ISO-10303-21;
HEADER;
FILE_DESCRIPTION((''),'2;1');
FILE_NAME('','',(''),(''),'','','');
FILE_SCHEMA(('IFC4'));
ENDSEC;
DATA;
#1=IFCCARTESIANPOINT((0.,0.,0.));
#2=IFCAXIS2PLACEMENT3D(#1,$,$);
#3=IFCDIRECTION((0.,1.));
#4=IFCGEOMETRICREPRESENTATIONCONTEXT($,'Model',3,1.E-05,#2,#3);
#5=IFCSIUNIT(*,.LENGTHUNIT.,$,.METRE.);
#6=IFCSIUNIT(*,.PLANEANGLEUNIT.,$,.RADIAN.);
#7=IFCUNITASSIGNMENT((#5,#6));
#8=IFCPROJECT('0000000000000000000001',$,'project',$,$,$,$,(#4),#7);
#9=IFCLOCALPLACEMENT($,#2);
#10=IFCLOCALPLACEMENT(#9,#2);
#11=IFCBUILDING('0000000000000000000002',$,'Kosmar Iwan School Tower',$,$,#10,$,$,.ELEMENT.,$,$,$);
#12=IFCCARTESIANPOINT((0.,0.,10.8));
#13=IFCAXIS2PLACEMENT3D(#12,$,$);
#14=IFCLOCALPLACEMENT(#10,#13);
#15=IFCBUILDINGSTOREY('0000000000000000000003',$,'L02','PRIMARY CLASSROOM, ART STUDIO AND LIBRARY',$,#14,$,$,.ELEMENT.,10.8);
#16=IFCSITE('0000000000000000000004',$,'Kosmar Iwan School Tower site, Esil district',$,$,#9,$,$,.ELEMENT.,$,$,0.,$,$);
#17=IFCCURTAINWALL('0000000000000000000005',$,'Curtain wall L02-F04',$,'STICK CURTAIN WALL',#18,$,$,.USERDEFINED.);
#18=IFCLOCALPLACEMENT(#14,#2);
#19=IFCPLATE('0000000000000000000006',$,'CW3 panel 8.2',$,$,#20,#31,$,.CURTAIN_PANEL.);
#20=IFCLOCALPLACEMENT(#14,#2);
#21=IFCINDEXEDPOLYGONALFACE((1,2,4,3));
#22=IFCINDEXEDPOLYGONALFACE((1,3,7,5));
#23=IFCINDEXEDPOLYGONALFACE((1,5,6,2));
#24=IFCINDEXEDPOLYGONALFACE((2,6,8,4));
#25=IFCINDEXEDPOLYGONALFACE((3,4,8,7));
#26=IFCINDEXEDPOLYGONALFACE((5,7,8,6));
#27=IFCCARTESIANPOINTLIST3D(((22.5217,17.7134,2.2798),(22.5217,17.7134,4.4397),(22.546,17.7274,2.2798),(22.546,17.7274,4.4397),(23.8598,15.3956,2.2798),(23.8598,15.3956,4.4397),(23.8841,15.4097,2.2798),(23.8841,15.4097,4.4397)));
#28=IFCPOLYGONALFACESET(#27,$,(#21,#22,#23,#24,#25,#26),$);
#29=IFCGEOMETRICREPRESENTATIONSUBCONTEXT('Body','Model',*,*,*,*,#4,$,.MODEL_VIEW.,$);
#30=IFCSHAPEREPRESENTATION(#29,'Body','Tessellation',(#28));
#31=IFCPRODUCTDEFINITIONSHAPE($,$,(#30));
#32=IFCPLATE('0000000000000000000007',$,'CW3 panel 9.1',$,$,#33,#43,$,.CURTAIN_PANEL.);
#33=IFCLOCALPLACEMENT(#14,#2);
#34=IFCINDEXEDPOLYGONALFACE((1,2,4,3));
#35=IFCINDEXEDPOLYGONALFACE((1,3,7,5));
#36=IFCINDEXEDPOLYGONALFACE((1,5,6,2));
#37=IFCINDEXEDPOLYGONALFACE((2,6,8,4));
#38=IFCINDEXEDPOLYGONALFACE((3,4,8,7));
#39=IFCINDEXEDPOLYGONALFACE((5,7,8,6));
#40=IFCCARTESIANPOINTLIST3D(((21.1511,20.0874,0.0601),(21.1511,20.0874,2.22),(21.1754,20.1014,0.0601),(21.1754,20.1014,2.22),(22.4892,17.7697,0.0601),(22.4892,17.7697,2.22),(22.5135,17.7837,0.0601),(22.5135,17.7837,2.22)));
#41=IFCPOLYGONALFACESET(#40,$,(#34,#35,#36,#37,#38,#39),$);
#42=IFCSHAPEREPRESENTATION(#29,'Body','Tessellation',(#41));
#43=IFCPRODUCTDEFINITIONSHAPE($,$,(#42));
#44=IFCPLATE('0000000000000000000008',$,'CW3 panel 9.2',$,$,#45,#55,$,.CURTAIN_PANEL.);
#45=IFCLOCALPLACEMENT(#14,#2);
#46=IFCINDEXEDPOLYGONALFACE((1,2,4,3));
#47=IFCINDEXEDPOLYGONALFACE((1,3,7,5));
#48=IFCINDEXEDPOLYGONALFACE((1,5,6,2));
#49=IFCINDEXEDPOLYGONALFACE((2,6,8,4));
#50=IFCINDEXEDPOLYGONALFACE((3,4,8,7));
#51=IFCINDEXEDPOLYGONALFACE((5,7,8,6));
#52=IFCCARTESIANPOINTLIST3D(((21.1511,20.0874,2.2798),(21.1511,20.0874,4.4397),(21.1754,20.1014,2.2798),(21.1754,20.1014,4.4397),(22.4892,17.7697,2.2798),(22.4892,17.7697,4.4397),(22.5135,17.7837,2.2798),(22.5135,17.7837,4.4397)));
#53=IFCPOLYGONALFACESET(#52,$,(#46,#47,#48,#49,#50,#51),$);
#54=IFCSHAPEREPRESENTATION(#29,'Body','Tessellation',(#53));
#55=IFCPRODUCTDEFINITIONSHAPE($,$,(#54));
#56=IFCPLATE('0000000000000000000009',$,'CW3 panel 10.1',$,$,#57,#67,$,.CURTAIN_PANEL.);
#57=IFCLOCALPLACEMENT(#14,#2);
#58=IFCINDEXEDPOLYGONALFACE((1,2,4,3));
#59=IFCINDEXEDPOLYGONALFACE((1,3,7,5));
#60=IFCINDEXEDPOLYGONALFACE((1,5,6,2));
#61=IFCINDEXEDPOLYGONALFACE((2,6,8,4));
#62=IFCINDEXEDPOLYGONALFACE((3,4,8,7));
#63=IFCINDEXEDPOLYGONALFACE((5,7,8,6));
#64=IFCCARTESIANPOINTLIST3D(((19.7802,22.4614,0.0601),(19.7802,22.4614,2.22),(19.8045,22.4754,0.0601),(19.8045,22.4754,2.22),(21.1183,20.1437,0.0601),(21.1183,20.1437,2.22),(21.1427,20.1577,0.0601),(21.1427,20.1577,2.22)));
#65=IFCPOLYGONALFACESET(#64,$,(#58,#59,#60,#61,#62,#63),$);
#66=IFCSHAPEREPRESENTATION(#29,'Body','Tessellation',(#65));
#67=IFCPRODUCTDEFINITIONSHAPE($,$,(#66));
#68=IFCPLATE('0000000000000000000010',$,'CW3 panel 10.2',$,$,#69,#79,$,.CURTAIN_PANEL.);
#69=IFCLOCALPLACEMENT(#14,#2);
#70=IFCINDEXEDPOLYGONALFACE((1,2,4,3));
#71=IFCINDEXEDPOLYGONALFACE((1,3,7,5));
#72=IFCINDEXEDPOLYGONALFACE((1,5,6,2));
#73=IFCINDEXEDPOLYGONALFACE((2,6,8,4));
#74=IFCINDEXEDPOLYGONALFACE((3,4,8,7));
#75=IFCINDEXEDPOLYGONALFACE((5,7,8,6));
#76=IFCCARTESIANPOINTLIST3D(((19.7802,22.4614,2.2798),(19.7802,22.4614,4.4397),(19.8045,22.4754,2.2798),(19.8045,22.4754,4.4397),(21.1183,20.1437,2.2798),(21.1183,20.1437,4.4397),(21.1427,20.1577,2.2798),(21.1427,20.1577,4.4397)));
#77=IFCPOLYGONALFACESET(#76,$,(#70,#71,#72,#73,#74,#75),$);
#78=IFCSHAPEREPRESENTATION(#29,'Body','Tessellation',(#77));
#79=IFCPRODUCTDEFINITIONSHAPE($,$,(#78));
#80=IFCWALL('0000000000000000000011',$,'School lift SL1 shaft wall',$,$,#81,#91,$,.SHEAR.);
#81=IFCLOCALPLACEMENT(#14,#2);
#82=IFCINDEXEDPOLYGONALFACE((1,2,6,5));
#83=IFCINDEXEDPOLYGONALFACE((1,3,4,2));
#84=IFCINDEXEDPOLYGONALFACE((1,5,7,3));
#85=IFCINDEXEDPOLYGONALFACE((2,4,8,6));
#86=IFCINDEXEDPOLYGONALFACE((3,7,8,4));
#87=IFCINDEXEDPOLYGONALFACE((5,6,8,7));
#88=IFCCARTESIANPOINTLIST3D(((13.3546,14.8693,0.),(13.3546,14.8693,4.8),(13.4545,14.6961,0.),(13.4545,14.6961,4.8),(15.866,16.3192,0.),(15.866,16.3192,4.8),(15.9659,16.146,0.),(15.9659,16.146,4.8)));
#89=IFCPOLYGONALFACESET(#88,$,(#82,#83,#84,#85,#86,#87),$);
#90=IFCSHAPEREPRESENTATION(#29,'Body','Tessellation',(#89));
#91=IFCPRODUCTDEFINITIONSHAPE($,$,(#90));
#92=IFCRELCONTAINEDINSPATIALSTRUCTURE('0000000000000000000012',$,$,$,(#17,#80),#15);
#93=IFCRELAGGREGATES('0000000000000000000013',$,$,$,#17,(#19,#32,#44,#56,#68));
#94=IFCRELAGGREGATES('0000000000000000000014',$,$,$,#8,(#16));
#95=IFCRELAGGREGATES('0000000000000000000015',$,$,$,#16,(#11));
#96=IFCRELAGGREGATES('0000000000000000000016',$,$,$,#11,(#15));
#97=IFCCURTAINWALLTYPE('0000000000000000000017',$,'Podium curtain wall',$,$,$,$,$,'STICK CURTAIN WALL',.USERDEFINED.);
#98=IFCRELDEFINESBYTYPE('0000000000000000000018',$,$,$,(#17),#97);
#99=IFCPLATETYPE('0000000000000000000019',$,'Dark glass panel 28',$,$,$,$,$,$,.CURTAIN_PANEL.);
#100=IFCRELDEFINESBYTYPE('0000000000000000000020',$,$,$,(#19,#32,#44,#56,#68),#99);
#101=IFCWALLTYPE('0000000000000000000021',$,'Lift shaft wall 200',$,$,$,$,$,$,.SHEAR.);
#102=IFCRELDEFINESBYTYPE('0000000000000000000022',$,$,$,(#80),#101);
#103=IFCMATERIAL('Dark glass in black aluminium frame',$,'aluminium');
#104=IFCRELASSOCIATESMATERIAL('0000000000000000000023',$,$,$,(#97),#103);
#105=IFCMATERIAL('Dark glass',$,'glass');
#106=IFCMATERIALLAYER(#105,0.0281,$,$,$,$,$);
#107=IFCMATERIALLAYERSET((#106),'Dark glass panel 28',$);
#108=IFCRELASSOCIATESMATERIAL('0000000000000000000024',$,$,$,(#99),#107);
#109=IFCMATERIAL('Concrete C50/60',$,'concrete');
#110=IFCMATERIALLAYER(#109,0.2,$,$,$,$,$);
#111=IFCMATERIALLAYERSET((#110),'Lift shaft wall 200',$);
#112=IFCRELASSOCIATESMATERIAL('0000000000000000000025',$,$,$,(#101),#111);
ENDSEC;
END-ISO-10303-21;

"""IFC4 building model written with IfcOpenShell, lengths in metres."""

from ifc_helpers import new_model, si_unit, direction, frame, frame_2d, origin, origin_2d, place, context, subcontext, project, spatial, rectangle, extrude, material, layer, layer_set, type_object, element, aggregate, save


model = new_model("IFC4")

# Units and contexts
model_context = context("Model", 3, precision=1e-05, world=origin(), true_north=direction((0.0, 1.0)))
body_context = subcontext(model_context, "Body", "Model", "MODEL_VIEW")
ifc_project = project(units=[si_unit("LENGTHUNIT", "METRE"), si_unit("PLANEANGLEUNIT", "RADIAN")], contexts=[model_context])

# Site, building, storey
site_placement = place(None, origin())
site = spatial("IfcSite", under=ifc_project, at=site_placement, Name="Kosmar Iwan School Tower site, Esil district", CompositionType="ELEMENT", RefElevation=0.0)
building_placement = place(site_placement, origin())
building = spatial("IfcBuilding", under=site, at=building_placement, Name="Kosmar Iwan School Tower", CompositionType="ELEMENT")
storey_placement = place(building_placement, frame((0.0, 0.0, 10.8)))
storey = spatial("IfcBuildingStorey", under=building, at=storey_placement, Name="L02", Description="PRIMARY CLASSROOM, ART STUDIO AND LIBRARY", CompositionType="ELEMENT", Elevation=10.8)

# Curtain wall, plates
ifc_material_1 = material(Name="Dark glass in black aluminium frame", Category="aluminium")
curtain_wall_type = type_object("IfcCurtainWallType", Name="Podium curtain wall", ElementType="STICK CURTAIN WALL", PredefinedType="USERDEFINED", material=ifc_material_1)
curtain_wall_placement = place(storey_placement, origin())
curtain_wall = element("IfcCurtainWall", 1, at=curtain_wall_placement, inside=storey, type_object=curtain_wall_type, Name="Curtain wall L02-F04", ObjectType="STICK CURTAIN WALL", PredefinedType="USERDEFINED")
ifc_material_2 = material(Name="Dark glass", Category="glass")
ifc_layer_1 = layer(ifc_material_2, 0.0281)
ifc_layer_set_1 = layer_set([ifc_layer_1], Name="Dark glass panel 28")
plate_type = type_object("IfcPlateType", Name="Dark glass panel 28", PredefinedType="CURTAIN_PANEL", material=ifc_layer_set_1)
plate_1_placement = place(storey_placement, frame((23.2029, 16.5615, 2.2798), z_axis=(0.0, 0.0, 1.0), x_axis=(-0.5, 0.866025, 0.0)))
plate_1 = element("IfcPlate", 2, at=plate_1_placement, type_object=plate_type, Name="CW3 panel 8.2", PredefinedType="CURTAIN_PANEL", context=body_context, shape_type="SweptSolid", body=[
    extrude(rectangle(XDim=2.6763, YDim=0.0281, at=origin_2d()), origin(), (0.0, 0.0, 1.0), 2.1599),
])
plate_2_placement = place(storey_placement, frame((21.8323, 18.9355, 0.0601), z_axis=(0.0, 0.0, 1.0), x_axis=(-0.5, 0.866025, 0.0)))
plate_2 = element("IfcPlate", 3, at=plate_2_placement, type_object=plate_type, Name="CW3 panel 9.1", PredefinedType="CURTAIN_PANEL", context=body_context, shape_type="SweptSolid", body=[
    extrude(rectangle(XDim=2.6763, YDim=0.0281, at=origin_2d()), origin(), (0.0, 0.0, 1.0), 2.1599),
])
plate_3_placement = place(storey_placement, frame((21.8323, 18.9355, 2.2798), z_axis=(0.0, 0.0, 1.0), x_axis=(-0.5, 0.866025, 0.0)))
plate_3 = element("IfcPlate", 4, at=plate_3_placement, type_object=plate_type, Name="CW3 panel 9.2", PredefinedType="CURTAIN_PANEL", context=body_context, shape_type="SweptSolid", body=[
    extrude(rectangle(XDim=2.6763, YDim=0.0281, at=origin_2d()), origin(), (0.0, 0.0, 1.0), 2.1599),
])
plate_4_placement = place(storey_placement, frame((20.4614, 21.3096, 0.0601), z_axis=(0.0, 0.0, 1.0), x_axis=(-0.5, 0.866025, 0.0)))
plate_4 = element("IfcPlate", 5, at=plate_4_placement, type_object=plate_type, Name="CW3 panel 10.1", PredefinedType="CURTAIN_PANEL", context=body_context, shape_type="SweptSolid", body=[
    extrude(rectangle(XDim=2.6763, YDim=0.0281, at=origin_2d()), origin(), (0.0, 0.0, 1.0), 2.1599),
])
plate_5_placement = place(storey_placement, frame((20.4614, 21.3096, 2.2798), z_axis=(0.0, 0.0, 1.0), x_axis=(-0.5, 0.866025, 0.0)))
plate_5 = element("IfcPlate", 6, at=plate_5_placement, type_object=plate_type, Name="CW3 panel 10.2", PredefinedType="CURTAIN_PANEL", context=body_context, shape_type="SweptSolid", body=[
    extrude(rectangle(XDim=2.6763, YDim=0.0281, at=origin_2d()), origin(), (0.0, 0.0, 1.0), 2.1599),
])
aggregate(curtain_wall, [plate_1, plate_2, plate_3, plate_4, plate_5])

# Wall
ifc_material_3 = material(Name="Concrete C50/60", Category="concrete")
ifc_layer_2 = layer(ifc_material_3, 0.2)
ifc_layer_set_2 = layer_set([ifc_layer_2], Name="Lift shaft wall 200")
wall_type = type_object("IfcWallType", Name="Lift shaft wall 200", PredefinedType="SHEAR", material=ifc_layer_set_2)
wall_placement = place(storey_placement, frame((13.4045, 14.7827, 0.0), z_axis=(0.0, 0.0, 1.0), x_axis=(0.866033, 0.499987, 0.0)))
element("IfcWall", 7, at=wall_placement, inside=storey, type_object=wall_type, Name="School lift SL1 shaft wall", PredefinedType="SHEAR", context=body_context, shape_type="SweptSolid", body=[
    extrude(rectangle(XDim=2.8999, YDim=0.2, at=frame_2d((1.45, 0.0))), origin(), (0.0, 0.0, 1.0), 4.8),
])

save(model, "model.ifc")
